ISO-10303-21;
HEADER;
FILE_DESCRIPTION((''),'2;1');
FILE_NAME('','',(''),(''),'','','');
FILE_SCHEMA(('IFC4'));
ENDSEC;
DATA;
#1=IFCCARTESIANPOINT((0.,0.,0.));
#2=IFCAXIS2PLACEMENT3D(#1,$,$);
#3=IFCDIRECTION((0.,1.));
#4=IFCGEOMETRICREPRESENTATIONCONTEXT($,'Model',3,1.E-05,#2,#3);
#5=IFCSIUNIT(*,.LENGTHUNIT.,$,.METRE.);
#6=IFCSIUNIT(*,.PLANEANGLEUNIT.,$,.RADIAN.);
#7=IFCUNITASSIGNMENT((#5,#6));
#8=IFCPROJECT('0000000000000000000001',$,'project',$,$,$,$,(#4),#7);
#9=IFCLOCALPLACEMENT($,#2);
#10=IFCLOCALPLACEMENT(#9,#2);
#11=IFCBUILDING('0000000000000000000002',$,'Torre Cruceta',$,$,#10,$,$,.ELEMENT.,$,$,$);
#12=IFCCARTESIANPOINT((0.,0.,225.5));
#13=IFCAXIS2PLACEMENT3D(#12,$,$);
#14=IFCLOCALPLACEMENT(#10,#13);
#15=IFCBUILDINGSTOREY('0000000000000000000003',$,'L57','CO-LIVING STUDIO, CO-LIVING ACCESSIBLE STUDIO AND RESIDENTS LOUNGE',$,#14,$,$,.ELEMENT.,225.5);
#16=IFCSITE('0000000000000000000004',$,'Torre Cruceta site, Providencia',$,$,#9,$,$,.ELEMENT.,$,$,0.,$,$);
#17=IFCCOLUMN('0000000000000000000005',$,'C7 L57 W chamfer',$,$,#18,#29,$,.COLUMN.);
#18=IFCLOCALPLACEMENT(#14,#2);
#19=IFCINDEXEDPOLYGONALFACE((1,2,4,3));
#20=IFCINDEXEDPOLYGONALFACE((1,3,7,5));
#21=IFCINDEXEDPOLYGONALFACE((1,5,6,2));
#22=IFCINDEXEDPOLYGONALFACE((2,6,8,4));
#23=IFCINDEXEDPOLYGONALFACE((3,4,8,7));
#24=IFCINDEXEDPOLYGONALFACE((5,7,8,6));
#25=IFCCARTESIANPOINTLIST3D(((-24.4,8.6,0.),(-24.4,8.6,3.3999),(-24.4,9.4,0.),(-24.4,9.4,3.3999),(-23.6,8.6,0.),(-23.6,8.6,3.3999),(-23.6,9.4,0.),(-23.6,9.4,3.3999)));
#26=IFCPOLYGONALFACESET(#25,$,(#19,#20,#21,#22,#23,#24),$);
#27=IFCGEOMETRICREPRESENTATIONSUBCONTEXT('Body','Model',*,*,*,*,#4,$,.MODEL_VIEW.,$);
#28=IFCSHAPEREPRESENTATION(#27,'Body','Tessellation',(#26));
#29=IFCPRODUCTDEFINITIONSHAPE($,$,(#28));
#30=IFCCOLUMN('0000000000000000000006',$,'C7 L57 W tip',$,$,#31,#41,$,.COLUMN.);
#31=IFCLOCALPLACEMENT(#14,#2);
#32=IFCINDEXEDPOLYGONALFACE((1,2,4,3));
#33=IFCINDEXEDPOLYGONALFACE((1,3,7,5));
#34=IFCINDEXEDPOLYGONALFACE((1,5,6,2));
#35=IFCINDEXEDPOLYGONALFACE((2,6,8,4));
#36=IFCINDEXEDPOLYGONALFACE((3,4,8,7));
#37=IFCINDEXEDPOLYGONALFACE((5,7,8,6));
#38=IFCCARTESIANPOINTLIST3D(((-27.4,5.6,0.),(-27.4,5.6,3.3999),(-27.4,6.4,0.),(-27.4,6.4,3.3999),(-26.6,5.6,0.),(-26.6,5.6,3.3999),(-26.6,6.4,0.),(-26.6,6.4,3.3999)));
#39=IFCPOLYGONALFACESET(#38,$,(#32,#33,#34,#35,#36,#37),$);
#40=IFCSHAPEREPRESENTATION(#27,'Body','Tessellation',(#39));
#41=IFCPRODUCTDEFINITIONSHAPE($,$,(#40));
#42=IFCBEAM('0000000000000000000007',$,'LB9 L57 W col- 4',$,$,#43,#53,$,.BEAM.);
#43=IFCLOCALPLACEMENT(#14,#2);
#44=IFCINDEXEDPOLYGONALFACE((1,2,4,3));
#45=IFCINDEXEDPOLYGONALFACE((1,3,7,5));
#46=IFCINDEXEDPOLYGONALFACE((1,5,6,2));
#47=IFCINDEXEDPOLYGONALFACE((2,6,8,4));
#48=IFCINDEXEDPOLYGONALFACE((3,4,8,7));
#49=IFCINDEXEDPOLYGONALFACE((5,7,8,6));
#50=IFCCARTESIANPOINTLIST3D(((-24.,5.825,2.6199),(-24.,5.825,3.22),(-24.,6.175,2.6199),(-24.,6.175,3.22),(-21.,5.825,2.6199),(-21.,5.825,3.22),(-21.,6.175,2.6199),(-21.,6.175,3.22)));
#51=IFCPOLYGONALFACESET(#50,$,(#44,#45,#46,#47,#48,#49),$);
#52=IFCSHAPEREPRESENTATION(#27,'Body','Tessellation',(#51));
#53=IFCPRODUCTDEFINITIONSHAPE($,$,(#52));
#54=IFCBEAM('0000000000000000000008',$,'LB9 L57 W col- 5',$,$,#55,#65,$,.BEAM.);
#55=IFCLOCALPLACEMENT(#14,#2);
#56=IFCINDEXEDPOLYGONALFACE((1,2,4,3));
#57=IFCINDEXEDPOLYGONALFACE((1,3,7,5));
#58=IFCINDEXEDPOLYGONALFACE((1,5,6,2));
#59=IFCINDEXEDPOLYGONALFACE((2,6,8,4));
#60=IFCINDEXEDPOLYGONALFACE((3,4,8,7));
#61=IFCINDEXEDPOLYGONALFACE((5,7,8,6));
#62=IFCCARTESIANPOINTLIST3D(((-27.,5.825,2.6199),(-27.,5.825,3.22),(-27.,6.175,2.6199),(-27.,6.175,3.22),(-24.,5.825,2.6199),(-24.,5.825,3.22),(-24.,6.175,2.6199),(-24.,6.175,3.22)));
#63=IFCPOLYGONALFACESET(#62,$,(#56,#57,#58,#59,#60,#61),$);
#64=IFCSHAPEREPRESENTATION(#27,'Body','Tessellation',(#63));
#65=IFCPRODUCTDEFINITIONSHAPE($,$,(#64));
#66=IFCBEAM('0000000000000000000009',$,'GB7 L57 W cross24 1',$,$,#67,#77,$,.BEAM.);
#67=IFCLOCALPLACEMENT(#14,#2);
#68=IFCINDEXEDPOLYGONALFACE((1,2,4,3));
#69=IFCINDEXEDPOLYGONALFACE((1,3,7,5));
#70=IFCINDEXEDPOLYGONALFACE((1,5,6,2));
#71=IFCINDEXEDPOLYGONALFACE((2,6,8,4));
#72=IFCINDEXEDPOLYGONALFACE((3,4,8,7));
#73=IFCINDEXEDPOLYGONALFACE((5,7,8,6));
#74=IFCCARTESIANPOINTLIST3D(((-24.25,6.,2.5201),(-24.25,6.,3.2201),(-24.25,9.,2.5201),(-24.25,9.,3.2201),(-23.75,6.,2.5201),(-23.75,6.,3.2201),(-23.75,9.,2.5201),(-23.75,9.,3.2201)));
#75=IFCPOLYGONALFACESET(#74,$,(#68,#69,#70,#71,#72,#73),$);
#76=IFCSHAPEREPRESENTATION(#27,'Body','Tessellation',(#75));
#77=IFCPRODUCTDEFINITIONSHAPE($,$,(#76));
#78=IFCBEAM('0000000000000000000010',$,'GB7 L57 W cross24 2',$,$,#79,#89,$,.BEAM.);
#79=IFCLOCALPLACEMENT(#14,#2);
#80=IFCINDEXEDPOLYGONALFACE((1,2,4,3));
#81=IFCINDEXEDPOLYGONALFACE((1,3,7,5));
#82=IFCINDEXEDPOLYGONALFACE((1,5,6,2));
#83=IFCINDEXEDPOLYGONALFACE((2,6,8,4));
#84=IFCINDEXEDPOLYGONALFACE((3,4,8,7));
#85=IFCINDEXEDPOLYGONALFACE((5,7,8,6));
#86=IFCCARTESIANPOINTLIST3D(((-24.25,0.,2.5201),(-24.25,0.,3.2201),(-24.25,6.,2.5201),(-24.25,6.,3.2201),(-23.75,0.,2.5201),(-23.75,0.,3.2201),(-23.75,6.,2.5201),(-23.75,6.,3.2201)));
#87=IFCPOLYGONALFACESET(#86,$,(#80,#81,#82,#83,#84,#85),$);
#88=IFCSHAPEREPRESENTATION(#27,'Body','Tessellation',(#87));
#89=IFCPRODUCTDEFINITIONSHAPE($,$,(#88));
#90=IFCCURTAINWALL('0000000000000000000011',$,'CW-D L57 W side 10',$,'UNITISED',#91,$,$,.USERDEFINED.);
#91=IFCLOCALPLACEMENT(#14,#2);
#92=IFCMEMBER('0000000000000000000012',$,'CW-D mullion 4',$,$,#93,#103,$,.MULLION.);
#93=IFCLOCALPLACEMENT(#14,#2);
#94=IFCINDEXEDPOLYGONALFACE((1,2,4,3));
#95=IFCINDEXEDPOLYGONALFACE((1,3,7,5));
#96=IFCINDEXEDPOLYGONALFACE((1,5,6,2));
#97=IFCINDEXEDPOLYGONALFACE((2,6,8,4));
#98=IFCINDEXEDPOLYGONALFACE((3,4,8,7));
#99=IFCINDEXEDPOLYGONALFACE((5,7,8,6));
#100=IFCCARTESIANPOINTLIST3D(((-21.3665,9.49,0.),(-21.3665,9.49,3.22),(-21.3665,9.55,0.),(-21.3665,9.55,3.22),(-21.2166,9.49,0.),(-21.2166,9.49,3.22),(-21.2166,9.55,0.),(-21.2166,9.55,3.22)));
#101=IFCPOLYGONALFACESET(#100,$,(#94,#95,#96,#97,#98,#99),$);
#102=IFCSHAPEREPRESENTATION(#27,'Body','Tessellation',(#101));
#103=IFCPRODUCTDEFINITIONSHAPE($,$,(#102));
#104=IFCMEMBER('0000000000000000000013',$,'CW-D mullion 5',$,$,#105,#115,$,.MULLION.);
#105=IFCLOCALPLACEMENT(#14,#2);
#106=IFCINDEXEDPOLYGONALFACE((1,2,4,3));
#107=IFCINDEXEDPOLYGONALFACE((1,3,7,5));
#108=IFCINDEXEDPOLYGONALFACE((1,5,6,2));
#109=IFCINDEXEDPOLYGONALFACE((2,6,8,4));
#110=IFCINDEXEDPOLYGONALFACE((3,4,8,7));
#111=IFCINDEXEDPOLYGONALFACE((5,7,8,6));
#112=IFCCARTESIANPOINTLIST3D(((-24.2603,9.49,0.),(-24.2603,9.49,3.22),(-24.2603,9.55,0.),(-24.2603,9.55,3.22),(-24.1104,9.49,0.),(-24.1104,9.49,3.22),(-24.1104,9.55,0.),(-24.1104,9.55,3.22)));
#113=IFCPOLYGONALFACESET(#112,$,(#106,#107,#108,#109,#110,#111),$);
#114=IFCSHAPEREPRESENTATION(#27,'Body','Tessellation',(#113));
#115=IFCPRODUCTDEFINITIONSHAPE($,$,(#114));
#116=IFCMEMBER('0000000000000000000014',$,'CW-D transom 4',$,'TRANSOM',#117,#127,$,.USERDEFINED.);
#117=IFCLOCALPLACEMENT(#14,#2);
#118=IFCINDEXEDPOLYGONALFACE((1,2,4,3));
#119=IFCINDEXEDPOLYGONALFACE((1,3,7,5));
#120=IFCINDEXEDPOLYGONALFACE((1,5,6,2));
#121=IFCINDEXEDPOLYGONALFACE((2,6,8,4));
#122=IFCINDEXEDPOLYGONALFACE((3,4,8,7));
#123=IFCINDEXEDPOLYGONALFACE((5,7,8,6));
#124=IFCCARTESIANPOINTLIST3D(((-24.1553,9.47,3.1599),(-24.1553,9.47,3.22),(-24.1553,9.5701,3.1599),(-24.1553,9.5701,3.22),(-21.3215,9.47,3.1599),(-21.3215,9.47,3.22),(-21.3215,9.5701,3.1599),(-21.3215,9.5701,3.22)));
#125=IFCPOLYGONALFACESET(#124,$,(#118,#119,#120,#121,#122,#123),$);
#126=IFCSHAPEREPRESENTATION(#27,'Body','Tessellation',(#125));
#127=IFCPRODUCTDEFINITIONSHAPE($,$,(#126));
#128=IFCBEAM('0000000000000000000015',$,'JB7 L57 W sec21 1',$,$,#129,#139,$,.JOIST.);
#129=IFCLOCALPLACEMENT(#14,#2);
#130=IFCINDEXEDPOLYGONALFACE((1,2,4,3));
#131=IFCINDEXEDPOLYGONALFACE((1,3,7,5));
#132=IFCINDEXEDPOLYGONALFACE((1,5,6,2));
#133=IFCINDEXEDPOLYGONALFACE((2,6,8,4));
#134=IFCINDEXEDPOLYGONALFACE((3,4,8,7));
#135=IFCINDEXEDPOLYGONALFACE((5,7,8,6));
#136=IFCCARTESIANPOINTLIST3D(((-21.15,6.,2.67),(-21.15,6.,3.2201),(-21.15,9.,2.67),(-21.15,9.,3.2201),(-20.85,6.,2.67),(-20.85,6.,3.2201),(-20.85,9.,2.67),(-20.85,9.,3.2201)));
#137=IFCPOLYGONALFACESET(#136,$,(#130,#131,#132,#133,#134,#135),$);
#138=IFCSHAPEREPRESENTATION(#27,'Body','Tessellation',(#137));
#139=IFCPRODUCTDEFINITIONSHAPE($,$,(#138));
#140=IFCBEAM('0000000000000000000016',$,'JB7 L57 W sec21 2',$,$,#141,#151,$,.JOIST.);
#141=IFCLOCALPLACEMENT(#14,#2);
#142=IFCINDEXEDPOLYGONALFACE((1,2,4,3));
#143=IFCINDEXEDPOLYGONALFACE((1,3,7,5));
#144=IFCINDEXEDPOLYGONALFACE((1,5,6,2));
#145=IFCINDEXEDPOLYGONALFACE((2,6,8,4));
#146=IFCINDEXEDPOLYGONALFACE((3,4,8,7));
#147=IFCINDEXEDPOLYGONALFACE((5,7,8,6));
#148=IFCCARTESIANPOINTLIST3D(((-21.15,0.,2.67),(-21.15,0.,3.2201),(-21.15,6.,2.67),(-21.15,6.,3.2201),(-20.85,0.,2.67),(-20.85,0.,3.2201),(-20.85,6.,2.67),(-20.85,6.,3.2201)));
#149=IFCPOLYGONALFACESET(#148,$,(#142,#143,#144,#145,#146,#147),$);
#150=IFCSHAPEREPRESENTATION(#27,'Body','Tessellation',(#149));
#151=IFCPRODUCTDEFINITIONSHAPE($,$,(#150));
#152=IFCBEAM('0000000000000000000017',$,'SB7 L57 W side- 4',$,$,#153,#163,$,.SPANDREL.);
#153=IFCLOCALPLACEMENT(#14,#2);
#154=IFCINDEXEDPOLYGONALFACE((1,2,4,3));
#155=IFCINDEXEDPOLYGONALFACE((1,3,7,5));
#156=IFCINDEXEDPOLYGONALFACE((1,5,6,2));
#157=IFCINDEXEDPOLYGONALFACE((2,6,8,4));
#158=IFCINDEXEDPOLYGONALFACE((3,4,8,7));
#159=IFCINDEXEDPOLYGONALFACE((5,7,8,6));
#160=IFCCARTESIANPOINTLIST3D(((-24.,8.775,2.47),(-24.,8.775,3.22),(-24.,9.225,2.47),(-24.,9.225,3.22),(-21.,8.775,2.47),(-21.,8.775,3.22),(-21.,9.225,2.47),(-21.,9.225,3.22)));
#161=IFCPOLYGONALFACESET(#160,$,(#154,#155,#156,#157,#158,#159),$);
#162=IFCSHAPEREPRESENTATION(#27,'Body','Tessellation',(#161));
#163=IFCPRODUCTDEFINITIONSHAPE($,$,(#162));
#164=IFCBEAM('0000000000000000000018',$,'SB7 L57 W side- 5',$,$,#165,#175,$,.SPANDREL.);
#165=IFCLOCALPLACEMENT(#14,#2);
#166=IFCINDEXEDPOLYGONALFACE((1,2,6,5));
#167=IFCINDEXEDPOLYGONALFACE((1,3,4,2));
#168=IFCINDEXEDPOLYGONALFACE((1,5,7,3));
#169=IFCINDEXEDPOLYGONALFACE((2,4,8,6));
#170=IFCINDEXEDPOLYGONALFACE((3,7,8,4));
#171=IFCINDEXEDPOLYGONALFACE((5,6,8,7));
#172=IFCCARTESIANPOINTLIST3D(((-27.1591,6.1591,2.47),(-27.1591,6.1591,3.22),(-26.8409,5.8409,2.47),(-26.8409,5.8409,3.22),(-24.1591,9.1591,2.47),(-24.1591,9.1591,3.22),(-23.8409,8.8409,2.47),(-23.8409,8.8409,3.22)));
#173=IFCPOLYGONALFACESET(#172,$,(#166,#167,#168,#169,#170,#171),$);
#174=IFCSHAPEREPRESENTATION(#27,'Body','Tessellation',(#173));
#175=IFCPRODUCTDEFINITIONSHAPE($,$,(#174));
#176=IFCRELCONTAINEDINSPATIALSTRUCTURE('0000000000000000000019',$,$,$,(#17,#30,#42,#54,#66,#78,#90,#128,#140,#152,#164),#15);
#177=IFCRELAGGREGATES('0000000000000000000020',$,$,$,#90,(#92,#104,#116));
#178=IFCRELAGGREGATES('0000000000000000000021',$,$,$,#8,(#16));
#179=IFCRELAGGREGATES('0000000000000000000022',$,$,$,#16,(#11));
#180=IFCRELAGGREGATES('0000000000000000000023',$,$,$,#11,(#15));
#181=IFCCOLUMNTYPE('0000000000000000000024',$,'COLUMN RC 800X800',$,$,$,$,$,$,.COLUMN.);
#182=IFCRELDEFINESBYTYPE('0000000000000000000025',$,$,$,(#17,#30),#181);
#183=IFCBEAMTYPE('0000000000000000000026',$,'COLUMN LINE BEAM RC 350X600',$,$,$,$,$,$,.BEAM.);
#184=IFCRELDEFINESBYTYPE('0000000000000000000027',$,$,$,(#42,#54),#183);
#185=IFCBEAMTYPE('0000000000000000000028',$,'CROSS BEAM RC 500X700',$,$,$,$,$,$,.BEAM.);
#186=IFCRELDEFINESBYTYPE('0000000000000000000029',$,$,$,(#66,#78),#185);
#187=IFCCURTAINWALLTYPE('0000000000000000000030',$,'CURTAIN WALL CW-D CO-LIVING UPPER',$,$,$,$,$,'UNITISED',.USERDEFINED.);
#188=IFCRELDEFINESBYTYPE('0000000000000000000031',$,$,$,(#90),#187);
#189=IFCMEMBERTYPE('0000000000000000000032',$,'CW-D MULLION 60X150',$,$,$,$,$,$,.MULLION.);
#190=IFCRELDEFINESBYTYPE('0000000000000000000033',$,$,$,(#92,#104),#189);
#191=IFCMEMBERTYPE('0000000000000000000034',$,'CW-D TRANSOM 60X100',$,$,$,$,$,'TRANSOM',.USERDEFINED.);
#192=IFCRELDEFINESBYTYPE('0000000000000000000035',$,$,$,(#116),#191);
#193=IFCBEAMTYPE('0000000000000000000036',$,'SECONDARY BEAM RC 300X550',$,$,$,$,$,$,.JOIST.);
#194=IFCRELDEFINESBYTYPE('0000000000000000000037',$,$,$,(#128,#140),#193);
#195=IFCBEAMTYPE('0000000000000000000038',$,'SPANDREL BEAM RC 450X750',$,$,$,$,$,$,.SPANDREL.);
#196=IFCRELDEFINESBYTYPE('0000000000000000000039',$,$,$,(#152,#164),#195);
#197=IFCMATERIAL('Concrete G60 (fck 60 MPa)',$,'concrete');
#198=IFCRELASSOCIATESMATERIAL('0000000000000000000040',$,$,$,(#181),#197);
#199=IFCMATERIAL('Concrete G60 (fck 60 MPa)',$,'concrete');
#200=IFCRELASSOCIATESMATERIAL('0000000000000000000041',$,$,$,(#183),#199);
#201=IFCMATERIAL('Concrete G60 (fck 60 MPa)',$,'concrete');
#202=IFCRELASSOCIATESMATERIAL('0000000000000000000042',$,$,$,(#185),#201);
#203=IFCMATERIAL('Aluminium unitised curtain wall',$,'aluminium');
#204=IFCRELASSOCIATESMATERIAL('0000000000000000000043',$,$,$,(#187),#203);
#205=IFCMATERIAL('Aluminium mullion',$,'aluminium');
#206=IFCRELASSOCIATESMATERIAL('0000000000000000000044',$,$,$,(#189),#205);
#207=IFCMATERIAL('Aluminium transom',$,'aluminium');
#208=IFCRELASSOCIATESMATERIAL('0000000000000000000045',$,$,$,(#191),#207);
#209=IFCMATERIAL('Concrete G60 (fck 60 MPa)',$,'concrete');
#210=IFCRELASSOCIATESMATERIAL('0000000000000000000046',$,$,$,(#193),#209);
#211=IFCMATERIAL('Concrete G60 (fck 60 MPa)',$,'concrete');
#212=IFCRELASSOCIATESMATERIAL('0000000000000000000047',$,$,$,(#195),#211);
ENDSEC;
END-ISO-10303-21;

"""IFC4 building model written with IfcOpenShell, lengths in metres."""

from ifc_helpers import new_model, si_unit, direction, frame, origin, origin_2d, place, context, subcontext, project, spatial, rectangle, extrude, material, material_profile, profile_set, type_object, element, aggregate, save


model = new_model("IFC4")

# Units and contexts
model_context = context("Model", 3, precision=1e-05, world=origin(), true_north=direction((0.0, 1.0)))
body_context = subcontext(model_context, "Body", "Model", "MODEL_VIEW")
ifc_project = project(units=[si_unit("LENGTHUNIT", "METRE"), si_unit("PLANEANGLEUNIT", "RADIAN")], contexts=[model_context])

# Site, building, storey
site_placement = place(None, origin())
site = spatial("IfcSite", under=ifc_project, at=site_placement, Name="Torre Cruceta site, Providencia", CompositionType="ELEMENT", RefElevation=0.0)
building_placement = place(site_placement, origin())
building = spatial("IfcBuilding", under=site, at=building_placement, Name="Torre Cruceta", CompositionType="ELEMENT")
storey_placement = place(building_placement, frame((0.0, 0.0, 225.5)))
storey = spatial("IfcBuildingStorey", under=building, at=storey_placement, Name="L57", Description="CO-LIVING STUDIO, CO-LIVING ACCESSIBLE STUDIO AND RESIDENTS LOUNGE", CompositionType="ELEMENT", Elevation=225.5)

# Columns
ifc_material_1 = material(Name="Concrete G60 (fck 60 MPa)", Category="concrete")
ifc_material_profile_1 = material_profile(ifc_material_1, rectangle(XDim=0.8, YDim=0.8, at=origin_2d()), Name="RC 800X800")
ifc_profile_set_1 = profile_set([ifc_material_profile_1], Name="Concrete G60 (fck 60 MPa)")
column_type = type_object("IfcColumnType", Name="COLUMN RC 800X800", PredefinedType="COLUMN", material=ifc_profile_set_1)
for number, where, z_axis, x_axis, name in (
    (1, (-24.0, 9.0, 0.0), (0.0, 0.0, 1.0), (1.0, 0.0, 0.0), "C7 L57 W chamfer"),
    (2, (-27.0, 6.0, 0.0), (0.0, 0.0, 1.0), (1.0, 0.0, 0.0), "C7 L57 W tip"),
):
    element("IfcColumn", number, at=place(storey_placement, frame(where, z_axis=z_axis, x_axis=x_axis)), inside=storey, type_object=column_type, Name=name, PredefinedType="COLUMN", context=body_context, shape_type="SweptSolid", body=[
        extrude(rectangle(XDim=0.8, YDim=0.8, at=origin_2d()), origin(), (0.0, 0.0, 1.0), 3.3999),
    ])

# Beams
ifc_material_2 = material(Name="Concrete G60 (fck 60 MPa)", Category="concrete")
ifc_material_profile_2 = material_profile(ifc_material_2, rectangle(XDim=0.3501, YDim=0.6001, at=origin_2d()), Name="RC 350X600")
ifc_profile_set_2 = profile_set([ifc_material_profile_2], Name="Concrete G60 (fck 60 MPa)")
beam_type_1 = type_object("IfcBeamType", Name="COLUMN LINE BEAM RC 350X600", PredefinedType="BEAM", material=ifc_profile_set_2)
for number, where, z_axis, x_axis, name in (
    (3, (-21.0, 6.0, 2.9199), (-1.0, 0.0, 0.0), (0.0, -1.0, 0.0), "LB9 L57 W col- 4"),
    (4, (-24.0, 6.0, 2.9199), (-1.0, 0.0, 0.0), (0.0, -1.0, 0.0), "LB9 L57 W col- 5"),
):
    element("IfcBeam", number, at=place(storey_placement, frame(where, z_axis=z_axis, x_axis=x_axis)), inside=storey, type_object=beam_type_1, Name=name, PredefinedType="BEAM", context=body_context, shape_type="SweptSolid", body=[
        extrude(rectangle(XDim=0.3501, YDim=0.6001, at=origin_2d()), origin(), (0.0, 0.0, 1.0), 3.0),
    ])
ifc_material_3 = material(Name="Concrete G60 (fck 60 MPa)", Category="concrete")
ifc_material_profile_3 = material_profile(ifc_material_3, rectangle(XDim=0.5, YDim=0.7, at=origin_2d()), Name="RC 500X700")
ifc_profile_set_3 = profile_set([ifc_material_profile_3], Name="Concrete G60 (fck 60 MPa)")
beam_type_2 = type_object("IfcBeamType", Name="CROSS BEAM RC 500X700", PredefinedType="BEAM", material=ifc_profile_set_3)
beam_1_placement = place(storey_placement, frame((-24.0, 9.0, 2.8701), z_axis=(0.0, -1.0, 0.0), x_axis=(1.0, 0.0, 0.0)))
element("IfcBeam", 5, at=beam_1_placement, inside=storey, type_object=beam_type_2, Name="GB7 L57 W cross24 1", PredefinedType="BEAM", context=body_context, shape_type="SweptSolid", body=[
    extrude(rectangle(XDim=0.5, YDim=0.7, at=origin_2d()), origin(), (0.0, 0.0, 1.0), 3.0),
])
beam_2_placement = place(storey_placement, frame((-24.0, 6.0, 2.8701), z_axis=(0.0, -1.0, 0.0), x_axis=(1.0, 0.0, 0.0)))
element("IfcBeam", 6, at=beam_2_placement, inside=storey, type_object=beam_type_2, Name="GB7 L57 W cross24 2", PredefinedType="BEAM", context=body_context, shape_type="SweptSolid", body=[
    extrude(rectangle(XDim=0.5, YDim=0.7, at=origin_2d()), origin(), (0.0, 0.0, 1.0), 6.0),
])

# Curtain wall, members
ifc_material_4 = material(Name="Aluminium unitised curtain wall", Category="aluminium")
curtain_wall_type = type_object("IfcCurtainWallType", Name="CURTAIN WALL CW-D CO-LIVING UPPER", ElementType="UNITISED", PredefinedType="USERDEFINED", material=ifc_material_4)
curtain_wall_placement = place(storey_placement, origin())
curtain_wall = element("IfcCurtainWall", 7, at=curtain_wall_placement, inside=storey, type_object=curtain_wall_type, Name="CW-D L57 W side 10", ObjectType="UNITISED", PredefinedType="USERDEFINED")
ifc_material_5 = material(Name="Aluminium mullion", Category="aluminium")
ifc_material_profile_4 = material_profile(ifc_material_5, rectangle(XDim=0.0601, YDim=0.1499, at=origin_2d()), Name="AL 60X150")
ifc_profile_set_4 = profile_set([ifc_material_profile_4], Name="Aluminium mullion")
member_type_1 = type_object("IfcMemberType", Name="CW-D MULLION 60X150", PredefinedType="MULLION", material=ifc_profile_set_4)
member_1_placement = place(storey_placement, frame((-21.2915, 9.52, 0.0), z_axis=(0.0, 0.0, 1.0), x_axis=(0.0, -1.0, 0.0)))
member_1 = element("IfcMember", 8, at=member_1_placement, type_object=member_type_1, Name="CW-D mullion 4", PredefinedType="MULLION", context=body_context, shape_type="SweptSolid", body=[
    extrude(rectangle(XDim=0.0601, YDim=0.1499, at=origin_2d()), origin(), (0.0, 0.0, 1.0), 3.22),
])
member_2_placement = place(storey_placement, frame((-24.1853, 9.52, 0.0), z_axis=(0.0, 0.0, 1.0), x_axis=(0.0, -1.0, 0.0)))
member_2 = element("IfcMember", 9, at=member_2_placement, type_object=member_type_1, Name="CW-D mullion 5", PredefinedType="MULLION", context=body_context, shape_type="SweptSolid", body=[
    extrude(rectangle(XDim=0.0601, YDim=0.1499, at=origin_2d()), origin(), (0.0, 0.0, 1.0), 3.22),
])
ifc_material_6 = material(Name="Aluminium transom", Category="aluminium")
ifc_material_profile_5 = material_profile(ifc_material_6, rectangle(XDim=0.1001, YDim=0.0601, at=origin_2d()), Name="AL 100X60")
ifc_profile_set_5 = profile_set([ifc_material_profile_5], Name="Aluminium transom")
member_type_2 = type_object("IfcMemberType", Name="CW-D TRANSOM 60X100", ElementType="TRANSOM", PredefinedType="USERDEFINED", material=ifc_profile_set_5)
member_3_placement = place(storey_placement, frame((-21.3215, 9.52, 3.1899), z_axis=(-1.0, 0.0, 0.0), x_axis=(0.0, -1.0, 0.0)))
member_3 = element("IfcMember", 10, at=member_3_placement, type_object=member_type_2, Name="CW-D transom 4", ObjectType="TRANSOM", PredefinedType="USERDEFINED", context=body_context, shape_type="SweptSolid", body=[
    extrude(rectangle(XDim=0.1001, YDim=0.0601, at=origin_2d()), origin(), (0.0, 0.0, 1.0), 2.8337),
])

# Beams
ifc_material_7 = material(Name="Concrete G60 (fck 60 MPa)", Category="concrete")
ifc_material_profile_6 = material_profile(ifc_material_7, rectangle(XDim=0.3, YDim=0.55, at=origin_2d()), Name="RC 300X550")
ifc_profile_set_6 = profile_set([ifc_material_profile_6], Name="Concrete G60 (fck 60 MPa)")
beam_type_3 = type_object("IfcBeamType", Name="SECONDARY BEAM RC 300X550", PredefinedType="JOIST", material=ifc_profile_set_6)
beam_3_placement = place(storey_placement, frame((-21.0, 9.0, 2.9451), z_axis=(0.0, -1.0, 0.0), x_axis=(1.0, 0.0, 0.0)))
element("IfcBeam", 11, at=beam_3_placement, inside=storey, type_object=beam_type_3, Name="JB7 L57 W sec21 1", PredefinedType="JOIST", context=body_context, shape_type="SweptSolid", body=[
    extrude(rectangle(XDim=0.3, YDim=0.55, at=origin_2d()), origin(), (0.0, 0.0, 1.0), 3.0),
])
beam_4_placement = place(storey_placement, frame((-21.0, 6.0, 2.9451), z_axis=(0.0, -1.0, 0.0), x_axis=(1.0, 0.0, 0.0)))
element("IfcBeam", 12, at=beam_4_placement, inside=storey, type_object=beam_type_3, Name="JB7 L57 W sec21 2", PredefinedType="JOIST", context=body_context, shape_type="SweptSolid", body=[
    extrude(rectangle(XDim=0.3, YDim=0.55, at=origin_2d()), origin(), (0.0, 0.0, 1.0), 6.0),
])
ifc_material_8 = material(Name="Concrete G60 (fck 60 MPa)", Category="concrete")
ifc_material_profile_7 = material_profile(ifc_material_8, rectangle(XDim=0.45, YDim=0.75, at=origin_2d()), Name="RC 450X750")
ifc_profile_set_7 = profile_set([ifc_material_profile_7], Name="Concrete G60 (fck 60 MPa)")
beam_type_4 = type_object("IfcBeamType", Name="SPANDREL BEAM RC 450X750", PredefinedType="SPANDREL", material=ifc_profile_set_7)
beam_5_placement = place(storey_placement, frame((-21.0, 9.0, 2.845), z_axis=(-1.0, 0.0, 0.0), x_axis=(0.0, -1.0, 0.0)))
element("IfcBeam", 13, at=beam_5_placement, inside=storey, type_object=beam_type_4, Name="SB7 L57 W side- 4", PredefinedType="SPANDREL", context=body_context, shape_type="SweptSolid", body=[
    extrude(rectangle(XDim=0.45, YDim=0.75, at=origin_2d()), origin(), (0.0, 0.0, 1.0), 3.0),
])
beam_6_placement = place(storey_placement, frame((-24.0, 9.0, 2.845), z_axis=(-0.707107, -0.707107, 0.0), x_axis=(0.707107, -0.707107, 0.0)))
element("IfcBeam", 14, at=beam_6_placement, inside=storey, type_object=beam_type_4, Name="SB7 L57 W side- 5", PredefinedType="SPANDREL", context=body_context, shape_type="SweptSolid", body=[
    extrude(rectangle(XDim=0.45, YDim=0.75, at=origin_2d()), origin(), (0.0, 0.0, 1.0), 4.2427),
])

aggregate(curtain_wall, [member_1, member_2, member_3])

save(model, "model.ifc")
